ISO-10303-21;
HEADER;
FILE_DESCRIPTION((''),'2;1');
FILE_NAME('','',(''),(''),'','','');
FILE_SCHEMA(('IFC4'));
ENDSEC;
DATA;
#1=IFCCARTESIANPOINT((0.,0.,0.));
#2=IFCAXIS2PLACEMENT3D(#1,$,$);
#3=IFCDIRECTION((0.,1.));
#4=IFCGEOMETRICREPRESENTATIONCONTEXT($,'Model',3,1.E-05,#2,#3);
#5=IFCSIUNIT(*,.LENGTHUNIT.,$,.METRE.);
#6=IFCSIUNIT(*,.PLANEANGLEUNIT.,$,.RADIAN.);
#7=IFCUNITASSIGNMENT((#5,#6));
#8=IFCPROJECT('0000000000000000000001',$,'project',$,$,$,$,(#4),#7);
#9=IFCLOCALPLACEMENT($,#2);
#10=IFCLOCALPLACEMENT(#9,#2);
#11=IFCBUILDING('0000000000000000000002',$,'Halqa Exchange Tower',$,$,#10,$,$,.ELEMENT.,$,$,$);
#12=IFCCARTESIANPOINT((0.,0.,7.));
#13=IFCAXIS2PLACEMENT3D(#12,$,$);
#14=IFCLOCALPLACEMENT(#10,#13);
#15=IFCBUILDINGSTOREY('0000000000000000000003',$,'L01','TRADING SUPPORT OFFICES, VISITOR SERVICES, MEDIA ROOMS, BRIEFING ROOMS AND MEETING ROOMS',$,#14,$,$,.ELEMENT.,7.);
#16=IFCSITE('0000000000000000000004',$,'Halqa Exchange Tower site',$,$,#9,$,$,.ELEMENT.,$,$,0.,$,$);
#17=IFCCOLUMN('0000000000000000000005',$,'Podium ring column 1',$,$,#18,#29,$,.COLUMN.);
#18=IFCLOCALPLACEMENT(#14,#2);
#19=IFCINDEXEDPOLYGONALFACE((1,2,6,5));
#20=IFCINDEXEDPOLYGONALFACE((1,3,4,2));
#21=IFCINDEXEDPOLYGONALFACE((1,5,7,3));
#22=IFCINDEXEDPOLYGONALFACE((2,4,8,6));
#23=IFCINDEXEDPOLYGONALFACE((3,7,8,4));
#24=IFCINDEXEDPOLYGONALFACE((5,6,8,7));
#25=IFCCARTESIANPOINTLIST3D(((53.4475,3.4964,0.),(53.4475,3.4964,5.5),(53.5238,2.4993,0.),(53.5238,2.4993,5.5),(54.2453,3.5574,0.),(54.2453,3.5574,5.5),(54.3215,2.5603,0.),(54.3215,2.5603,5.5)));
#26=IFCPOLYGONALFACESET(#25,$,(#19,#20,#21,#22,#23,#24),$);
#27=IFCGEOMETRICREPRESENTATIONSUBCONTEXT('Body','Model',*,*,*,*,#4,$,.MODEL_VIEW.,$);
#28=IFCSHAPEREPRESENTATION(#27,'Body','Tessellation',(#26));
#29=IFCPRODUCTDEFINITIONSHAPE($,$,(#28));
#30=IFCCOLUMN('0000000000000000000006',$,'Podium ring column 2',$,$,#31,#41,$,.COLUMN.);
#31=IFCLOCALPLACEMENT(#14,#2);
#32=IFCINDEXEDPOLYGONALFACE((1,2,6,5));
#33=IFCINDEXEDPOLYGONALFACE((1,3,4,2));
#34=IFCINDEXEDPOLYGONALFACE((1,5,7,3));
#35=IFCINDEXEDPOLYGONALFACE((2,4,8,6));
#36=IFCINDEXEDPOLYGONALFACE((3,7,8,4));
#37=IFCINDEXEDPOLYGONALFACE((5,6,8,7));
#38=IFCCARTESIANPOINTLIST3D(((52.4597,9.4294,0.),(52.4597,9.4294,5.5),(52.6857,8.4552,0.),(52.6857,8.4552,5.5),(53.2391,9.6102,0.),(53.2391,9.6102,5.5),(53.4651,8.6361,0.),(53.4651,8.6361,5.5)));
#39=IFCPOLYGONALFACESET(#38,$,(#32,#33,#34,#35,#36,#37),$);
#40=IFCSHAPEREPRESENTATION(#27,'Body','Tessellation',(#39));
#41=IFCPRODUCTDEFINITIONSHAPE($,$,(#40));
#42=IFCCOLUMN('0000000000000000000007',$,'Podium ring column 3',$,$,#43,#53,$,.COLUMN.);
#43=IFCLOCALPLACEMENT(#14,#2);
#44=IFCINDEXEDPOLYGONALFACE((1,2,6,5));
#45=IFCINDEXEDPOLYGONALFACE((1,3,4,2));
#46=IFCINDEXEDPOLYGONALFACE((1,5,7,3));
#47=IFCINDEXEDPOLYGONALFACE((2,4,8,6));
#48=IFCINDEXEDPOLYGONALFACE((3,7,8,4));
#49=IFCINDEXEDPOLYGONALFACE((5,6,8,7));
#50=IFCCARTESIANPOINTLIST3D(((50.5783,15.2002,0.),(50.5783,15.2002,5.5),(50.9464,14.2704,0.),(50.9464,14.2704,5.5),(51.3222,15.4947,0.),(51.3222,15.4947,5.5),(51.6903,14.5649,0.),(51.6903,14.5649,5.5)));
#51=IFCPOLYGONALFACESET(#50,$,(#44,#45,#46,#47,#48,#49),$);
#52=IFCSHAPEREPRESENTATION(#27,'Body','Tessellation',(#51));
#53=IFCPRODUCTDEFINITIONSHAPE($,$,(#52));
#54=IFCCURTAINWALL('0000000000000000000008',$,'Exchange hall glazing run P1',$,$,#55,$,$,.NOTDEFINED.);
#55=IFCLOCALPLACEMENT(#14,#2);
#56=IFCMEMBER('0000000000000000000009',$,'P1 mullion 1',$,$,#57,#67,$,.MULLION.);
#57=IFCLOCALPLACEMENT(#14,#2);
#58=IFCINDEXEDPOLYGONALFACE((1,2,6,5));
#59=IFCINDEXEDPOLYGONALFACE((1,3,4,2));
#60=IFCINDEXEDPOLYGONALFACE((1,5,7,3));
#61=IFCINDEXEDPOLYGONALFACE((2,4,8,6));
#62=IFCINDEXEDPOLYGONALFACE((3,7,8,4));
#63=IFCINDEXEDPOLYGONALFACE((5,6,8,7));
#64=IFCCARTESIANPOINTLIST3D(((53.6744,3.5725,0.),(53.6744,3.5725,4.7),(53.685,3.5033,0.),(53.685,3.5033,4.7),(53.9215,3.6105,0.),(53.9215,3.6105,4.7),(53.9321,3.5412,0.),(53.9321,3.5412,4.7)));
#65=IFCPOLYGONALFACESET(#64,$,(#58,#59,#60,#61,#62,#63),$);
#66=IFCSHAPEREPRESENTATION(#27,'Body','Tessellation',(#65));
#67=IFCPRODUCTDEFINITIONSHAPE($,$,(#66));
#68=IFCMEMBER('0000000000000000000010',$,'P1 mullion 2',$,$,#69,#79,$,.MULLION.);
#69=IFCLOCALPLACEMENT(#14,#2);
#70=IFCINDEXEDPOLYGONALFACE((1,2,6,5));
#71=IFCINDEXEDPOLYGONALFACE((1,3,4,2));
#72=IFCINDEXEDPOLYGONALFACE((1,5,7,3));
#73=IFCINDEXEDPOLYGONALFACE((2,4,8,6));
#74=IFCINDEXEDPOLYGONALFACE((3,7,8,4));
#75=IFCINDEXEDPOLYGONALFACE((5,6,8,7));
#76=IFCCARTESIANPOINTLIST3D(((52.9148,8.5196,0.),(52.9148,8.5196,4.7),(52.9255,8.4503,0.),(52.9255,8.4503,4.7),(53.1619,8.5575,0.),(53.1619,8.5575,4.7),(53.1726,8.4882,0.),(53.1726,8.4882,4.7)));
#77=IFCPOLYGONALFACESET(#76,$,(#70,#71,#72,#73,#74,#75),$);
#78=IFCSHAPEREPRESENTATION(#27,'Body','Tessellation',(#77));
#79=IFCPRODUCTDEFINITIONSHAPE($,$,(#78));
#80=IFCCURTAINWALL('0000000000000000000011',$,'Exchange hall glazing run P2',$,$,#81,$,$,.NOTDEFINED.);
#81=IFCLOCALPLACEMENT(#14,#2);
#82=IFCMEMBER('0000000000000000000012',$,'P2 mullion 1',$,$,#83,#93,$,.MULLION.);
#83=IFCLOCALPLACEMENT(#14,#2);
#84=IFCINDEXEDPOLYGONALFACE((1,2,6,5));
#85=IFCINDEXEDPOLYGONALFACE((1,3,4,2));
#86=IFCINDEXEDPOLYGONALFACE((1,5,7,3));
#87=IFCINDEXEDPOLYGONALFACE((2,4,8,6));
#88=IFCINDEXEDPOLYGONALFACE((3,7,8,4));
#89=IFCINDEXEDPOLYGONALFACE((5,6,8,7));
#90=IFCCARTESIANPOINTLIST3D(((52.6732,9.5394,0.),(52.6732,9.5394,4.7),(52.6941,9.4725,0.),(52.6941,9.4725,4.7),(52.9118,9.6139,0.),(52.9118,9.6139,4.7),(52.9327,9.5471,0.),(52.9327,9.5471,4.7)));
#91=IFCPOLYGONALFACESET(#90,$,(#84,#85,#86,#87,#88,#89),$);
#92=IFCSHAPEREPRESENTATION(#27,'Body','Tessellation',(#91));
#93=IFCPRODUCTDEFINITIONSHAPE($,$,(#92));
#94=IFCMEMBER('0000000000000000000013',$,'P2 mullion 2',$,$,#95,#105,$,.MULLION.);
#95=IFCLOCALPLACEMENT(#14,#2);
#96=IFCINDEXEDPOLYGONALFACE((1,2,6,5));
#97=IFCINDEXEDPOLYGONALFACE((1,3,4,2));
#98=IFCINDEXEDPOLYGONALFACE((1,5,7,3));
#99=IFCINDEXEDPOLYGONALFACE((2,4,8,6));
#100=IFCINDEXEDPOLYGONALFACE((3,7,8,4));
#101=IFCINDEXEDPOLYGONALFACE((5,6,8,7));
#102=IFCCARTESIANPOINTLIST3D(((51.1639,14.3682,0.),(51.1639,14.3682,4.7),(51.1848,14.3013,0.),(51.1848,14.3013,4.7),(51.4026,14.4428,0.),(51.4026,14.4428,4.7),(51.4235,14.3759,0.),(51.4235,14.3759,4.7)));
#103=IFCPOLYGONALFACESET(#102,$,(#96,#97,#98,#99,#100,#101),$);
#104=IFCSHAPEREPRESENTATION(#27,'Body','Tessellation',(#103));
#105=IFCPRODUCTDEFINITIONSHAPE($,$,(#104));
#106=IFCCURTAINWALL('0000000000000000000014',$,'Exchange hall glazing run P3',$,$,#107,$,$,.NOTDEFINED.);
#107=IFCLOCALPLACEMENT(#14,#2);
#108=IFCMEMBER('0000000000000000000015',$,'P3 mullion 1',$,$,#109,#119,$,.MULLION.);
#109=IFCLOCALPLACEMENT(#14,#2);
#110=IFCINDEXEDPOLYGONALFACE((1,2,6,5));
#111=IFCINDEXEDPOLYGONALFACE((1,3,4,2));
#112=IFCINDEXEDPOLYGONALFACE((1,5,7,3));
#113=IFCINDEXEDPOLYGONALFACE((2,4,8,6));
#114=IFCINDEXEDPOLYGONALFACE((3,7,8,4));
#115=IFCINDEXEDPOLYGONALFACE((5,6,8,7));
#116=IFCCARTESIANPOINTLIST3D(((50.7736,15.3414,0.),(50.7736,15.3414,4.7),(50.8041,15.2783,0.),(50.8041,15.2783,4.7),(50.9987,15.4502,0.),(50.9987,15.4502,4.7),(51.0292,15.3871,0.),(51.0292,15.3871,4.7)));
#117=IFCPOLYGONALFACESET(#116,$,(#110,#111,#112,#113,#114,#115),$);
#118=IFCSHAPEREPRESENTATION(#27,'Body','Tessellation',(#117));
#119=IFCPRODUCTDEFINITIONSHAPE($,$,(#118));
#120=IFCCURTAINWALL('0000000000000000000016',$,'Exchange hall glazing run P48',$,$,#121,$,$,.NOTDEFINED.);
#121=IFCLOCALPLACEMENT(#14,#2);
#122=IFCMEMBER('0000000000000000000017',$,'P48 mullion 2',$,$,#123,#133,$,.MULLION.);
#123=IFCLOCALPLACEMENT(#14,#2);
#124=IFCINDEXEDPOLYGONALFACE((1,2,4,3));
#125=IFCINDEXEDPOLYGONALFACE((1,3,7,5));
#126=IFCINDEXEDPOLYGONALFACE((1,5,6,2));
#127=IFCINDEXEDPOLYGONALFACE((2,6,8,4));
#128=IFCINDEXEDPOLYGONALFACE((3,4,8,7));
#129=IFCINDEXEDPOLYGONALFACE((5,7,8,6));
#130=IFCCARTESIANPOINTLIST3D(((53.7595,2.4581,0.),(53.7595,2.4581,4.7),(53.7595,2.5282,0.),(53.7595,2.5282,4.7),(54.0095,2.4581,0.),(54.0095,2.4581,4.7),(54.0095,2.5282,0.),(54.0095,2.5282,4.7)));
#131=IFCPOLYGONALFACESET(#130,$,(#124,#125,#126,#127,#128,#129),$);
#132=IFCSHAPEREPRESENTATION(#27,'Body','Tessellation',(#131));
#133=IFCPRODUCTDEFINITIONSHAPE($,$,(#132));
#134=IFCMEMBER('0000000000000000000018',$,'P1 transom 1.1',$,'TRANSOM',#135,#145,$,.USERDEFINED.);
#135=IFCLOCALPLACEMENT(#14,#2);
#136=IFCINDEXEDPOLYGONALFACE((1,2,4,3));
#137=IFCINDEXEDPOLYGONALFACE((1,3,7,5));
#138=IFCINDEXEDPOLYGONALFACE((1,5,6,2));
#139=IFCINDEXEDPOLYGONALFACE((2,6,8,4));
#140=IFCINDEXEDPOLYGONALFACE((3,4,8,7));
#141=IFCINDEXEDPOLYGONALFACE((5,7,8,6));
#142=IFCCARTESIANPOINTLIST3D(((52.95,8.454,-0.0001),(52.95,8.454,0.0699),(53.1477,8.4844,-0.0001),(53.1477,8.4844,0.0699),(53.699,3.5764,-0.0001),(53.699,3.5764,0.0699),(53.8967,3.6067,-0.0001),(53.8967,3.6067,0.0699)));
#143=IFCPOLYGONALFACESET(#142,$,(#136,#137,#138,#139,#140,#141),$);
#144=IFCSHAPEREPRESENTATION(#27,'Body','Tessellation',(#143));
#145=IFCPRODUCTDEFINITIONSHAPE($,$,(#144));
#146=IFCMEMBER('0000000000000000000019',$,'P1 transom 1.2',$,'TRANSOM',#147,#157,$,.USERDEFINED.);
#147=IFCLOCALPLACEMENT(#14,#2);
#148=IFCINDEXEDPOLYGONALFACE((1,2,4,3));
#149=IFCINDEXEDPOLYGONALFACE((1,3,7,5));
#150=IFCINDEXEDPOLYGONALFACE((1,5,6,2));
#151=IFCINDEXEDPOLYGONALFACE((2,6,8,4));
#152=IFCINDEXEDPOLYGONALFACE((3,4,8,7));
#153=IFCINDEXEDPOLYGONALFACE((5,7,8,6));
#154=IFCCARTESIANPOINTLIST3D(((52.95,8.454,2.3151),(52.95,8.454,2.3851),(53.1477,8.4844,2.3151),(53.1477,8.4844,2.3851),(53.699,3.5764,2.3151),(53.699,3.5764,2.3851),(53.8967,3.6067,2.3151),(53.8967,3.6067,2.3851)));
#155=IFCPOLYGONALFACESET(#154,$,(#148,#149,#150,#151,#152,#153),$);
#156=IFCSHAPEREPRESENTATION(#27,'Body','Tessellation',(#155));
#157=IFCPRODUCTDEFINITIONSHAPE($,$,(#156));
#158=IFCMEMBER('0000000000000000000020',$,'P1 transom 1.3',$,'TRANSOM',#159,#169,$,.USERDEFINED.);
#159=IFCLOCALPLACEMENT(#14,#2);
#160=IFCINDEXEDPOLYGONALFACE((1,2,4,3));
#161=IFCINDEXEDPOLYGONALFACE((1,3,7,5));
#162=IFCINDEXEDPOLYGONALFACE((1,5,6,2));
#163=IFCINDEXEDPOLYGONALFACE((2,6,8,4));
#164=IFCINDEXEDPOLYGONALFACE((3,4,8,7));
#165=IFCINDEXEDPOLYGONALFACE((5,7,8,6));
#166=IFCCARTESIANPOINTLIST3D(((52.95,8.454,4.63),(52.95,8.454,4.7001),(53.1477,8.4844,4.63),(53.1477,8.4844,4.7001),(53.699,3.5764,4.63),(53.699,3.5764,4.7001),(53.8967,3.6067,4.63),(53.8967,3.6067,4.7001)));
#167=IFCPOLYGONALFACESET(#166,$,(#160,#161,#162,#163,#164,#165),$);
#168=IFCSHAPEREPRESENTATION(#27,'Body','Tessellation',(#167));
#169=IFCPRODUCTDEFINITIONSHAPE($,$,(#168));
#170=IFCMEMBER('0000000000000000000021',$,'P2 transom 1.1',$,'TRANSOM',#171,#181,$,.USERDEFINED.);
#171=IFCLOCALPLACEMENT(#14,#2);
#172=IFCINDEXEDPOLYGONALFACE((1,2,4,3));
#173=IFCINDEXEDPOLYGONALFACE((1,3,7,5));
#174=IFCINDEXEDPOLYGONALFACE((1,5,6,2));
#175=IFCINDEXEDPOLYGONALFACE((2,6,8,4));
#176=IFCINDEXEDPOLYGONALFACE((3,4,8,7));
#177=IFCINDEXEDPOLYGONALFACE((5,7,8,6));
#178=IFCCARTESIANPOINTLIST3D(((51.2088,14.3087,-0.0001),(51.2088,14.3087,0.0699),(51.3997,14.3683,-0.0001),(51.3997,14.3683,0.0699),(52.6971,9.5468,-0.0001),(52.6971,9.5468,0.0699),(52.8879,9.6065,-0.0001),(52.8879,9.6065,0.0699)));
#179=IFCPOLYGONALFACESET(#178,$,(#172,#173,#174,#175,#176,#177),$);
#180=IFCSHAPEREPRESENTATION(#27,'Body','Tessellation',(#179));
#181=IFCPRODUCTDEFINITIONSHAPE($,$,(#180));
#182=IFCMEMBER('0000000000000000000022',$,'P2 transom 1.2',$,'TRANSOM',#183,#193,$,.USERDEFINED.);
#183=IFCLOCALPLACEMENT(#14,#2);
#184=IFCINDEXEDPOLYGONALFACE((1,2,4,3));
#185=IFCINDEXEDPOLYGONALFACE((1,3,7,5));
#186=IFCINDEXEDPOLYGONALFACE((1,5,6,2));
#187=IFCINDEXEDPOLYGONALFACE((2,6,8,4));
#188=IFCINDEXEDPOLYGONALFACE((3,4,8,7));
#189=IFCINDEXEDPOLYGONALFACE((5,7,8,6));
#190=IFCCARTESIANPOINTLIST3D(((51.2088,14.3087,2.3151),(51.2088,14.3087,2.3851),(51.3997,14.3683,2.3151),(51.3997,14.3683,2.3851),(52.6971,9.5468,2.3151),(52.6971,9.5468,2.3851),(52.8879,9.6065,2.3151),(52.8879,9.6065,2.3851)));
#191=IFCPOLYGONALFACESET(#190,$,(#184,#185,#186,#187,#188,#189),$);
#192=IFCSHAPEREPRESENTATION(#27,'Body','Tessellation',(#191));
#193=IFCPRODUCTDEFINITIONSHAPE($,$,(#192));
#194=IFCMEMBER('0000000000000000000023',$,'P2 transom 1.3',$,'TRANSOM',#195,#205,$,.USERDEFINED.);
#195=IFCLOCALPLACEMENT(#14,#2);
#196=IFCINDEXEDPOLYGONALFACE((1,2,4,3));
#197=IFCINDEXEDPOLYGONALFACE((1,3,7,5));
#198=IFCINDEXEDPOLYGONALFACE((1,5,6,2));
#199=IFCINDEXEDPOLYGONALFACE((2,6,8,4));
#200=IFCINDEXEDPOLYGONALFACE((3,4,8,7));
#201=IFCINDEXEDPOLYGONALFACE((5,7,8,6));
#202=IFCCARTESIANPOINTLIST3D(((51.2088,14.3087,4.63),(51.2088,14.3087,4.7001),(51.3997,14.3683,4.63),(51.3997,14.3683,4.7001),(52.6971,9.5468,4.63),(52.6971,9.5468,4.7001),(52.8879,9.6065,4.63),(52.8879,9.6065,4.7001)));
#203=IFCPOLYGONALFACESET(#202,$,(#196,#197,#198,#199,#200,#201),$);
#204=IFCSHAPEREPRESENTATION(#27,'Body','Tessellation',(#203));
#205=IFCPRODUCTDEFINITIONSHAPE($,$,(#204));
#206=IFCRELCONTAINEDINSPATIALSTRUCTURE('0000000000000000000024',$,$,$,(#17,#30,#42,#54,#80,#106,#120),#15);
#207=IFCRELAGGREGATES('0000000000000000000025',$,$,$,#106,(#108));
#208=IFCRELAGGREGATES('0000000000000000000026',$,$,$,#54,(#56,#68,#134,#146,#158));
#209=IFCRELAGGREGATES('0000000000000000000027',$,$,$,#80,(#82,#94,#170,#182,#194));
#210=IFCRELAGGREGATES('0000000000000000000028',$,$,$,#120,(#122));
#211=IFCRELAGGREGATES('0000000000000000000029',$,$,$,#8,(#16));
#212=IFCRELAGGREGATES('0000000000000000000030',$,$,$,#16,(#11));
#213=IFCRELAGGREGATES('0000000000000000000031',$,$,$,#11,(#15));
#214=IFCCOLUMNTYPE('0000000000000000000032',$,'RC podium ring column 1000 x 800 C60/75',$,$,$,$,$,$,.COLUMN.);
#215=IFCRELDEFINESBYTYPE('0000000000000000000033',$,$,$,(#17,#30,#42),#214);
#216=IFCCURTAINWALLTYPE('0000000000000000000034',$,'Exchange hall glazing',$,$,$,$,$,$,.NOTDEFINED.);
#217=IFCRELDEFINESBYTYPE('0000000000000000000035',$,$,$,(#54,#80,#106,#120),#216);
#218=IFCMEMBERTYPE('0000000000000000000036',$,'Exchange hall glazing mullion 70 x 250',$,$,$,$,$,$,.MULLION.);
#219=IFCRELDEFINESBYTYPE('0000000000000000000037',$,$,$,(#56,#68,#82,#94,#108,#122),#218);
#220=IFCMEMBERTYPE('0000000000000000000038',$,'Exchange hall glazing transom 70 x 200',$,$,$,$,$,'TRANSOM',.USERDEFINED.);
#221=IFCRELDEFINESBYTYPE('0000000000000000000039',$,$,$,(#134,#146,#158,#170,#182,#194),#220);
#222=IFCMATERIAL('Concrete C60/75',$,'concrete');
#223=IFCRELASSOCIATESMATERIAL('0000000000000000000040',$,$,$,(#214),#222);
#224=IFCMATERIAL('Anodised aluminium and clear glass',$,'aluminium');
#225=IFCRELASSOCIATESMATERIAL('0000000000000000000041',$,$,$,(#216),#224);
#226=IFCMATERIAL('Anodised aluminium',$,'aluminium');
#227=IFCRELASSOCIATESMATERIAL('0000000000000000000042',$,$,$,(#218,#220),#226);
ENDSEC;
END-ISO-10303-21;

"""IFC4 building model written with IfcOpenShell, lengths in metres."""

from ifc_helpers import new_model, si_unit, direction, frame, origin, origin_2d, place, context, subcontext, project, spatial, rectangle, extrude, material, material_profile, profile_set, type_object, element, aggregate, save


model = new_model("IFC4")

# Units and contexts
model_context = context("Model", 3, precision=1e-05, world=origin(), true_north=direction((0.0, 1.0)))
body_context = subcontext(model_context, "Body", "Model", "MODEL_VIEW")
ifc_project = project(units=[si_unit("LENGTHUNIT", "METRE"), si_unit("PLANEANGLEUNIT", "RADIAN")], contexts=[model_context])

# Site, building, storey
site_placement = place(None, origin())
site = spatial("IfcSite", under=ifc_project, at=site_placement, Name="Halqa Exchange Tower site", CompositionType="ELEMENT", RefElevation=0.0)
building_placement = place(site_placement, origin())
building = spatial("IfcBuilding", under=site, at=building_placement, Name="Halqa Exchange Tower", CompositionType="ELEMENT")
storey_placement = place(building_placement, frame((0.0, 0.0, 7.0)))
storey = spatial("IfcBuildingStorey", under=building, at=storey_placement, Name="L01", Description="TRADING SUPPORT OFFICES, VISITOR SERVICES, MEDIA ROOMS, BRIEFING ROOMS AND MEETING ROOMS", CompositionType="ELEMENT", Elevation=7.0)

# Columns
ifc_material_1 = material(Name="Concrete C60/75", Category="concrete")
ifc_material_profile_1 = material_profile(ifc_material_1, rectangle(XDim=1.0, YDim=0.8, at=origin_2d()), Name="1000 x 800")
ifc_profile_set_1 = profile_set([ifc_material_profile_1], Name="Concrete C60/75")
column_type = type_object("IfcColumnType", Name="RC podium ring column 1000 x 800 C60/75", PredefinedType="COLUMN", material=ifc_profile_set_1)
for number, where, z_axis, x_axis, name in (
    (1, (53.8845, 3.0283, 0.0), (0.0, 0.0, 1.0), (-0.076223, 0.997091, 0.0), "Podium ring column 1"),
    (2, (52.9624, 9.0327, 0.0), (0.0, 0.0, 1.0), (-0.225997, 0.974128, 0.0), "Podium ring column 2"),
    (3, (51.1343, 14.8826, 0.0), (0.0, 0.0, 1.0), (-0.36811, 0.929782, 0.0), "Podium ring column 3"),
):
    element("IfcColumn", number, at=place(storey_placement, frame(where, z_axis=z_axis, x_axis=x_axis)), inside=storey, type_object=column_type, Name=name, PredefinedType="COLUMN", context=body_context, shape_type="SweptSolid", body=[
        extrude(rectangle(XDim=1.0, YDim=0.8, at=origin_2d()), origin(), (0.0, 0.0, 1.0), 5.5),
    ])

# Curtain walls, members
ifc_material_2 = material(Name="Anodised aluminium and clear glass", Category="aluminium")
curtain_wall_type = type_object("IfcCurtainWallType", Name="Exchange hall glazing", PredefinedType="NOTDEFINED", material=ifc_material_2)
curtain_wall_1_placement = place(storey_placement, origin())
curtain_wall_1 = element("IfcCurtainWall", 4, at=curtain_wall_1_placement, inside=storey, type_object=curtain_wall_type, Name="Exchange hall glazing run P1", PredefinedType="NOTDEFINED")
ifc_material_3 = material(Name="Anodised aluminium", Category="aluminium")
ifc_material_profile_2 = material_profile(ifc_material_3, rectangle(XDim=0.25, YDim=0.0701, at=origin_2d()), Name="AL 70x250")
ifc_profile_set_2 = profile_set([ifc_material_profile_2], Name="Anodised aluminium")
member_type_1 = type_object("IfcMemberType", Name="Exchange hall glazing mullion 70 x 250", PredefinedType="MULLION", material=ifc_profile_set_2)
member_1_placement = place(storey_placement, frame((53.8032, 3.5569, 0.0), z_axis=(0.0, 0.0, 1.0), x_axis=(-0.988416, -0.151767, 0.0)))
member_1 = element("IfcMember", 5, at=member_1_placement, type_object=member_type_1, Name="P1 mullion 1", PredefinedType="MULLION", context=body_context, shape_type="SweptSolid", body=[
    extrude(rectangle(XDim=0.25, YDim=0.0701, at=origin_2d()), origin(), (0.0, 0.0, 1.0), 4.7),
])
member_2_placement = place(storey_placement, frame((53.0437, 8.5039, 0.0), z_axis=(0.0, 0.0, 1.0), x_axis=(-0.988416, -0.151767, 0.0)))
member_2 = element("IfcMember", 6, at=member_2_placement, type_object=member_type_1, Name="P1 mullion 2", PredefinedType="MULLION", context=body_context, shape_type="SweptSolid", body=[
    extrude(rectangle(XDim=0.25, YDim=0.0701, at=origin_2d()), origin(), (0.0, 0.0, 1.0), 4.7),
])
curtain_wall_2_placement = place(storey_placement, origin())
curtain_wall_2 = element("IfcCurtainWall", 7, at=curtain_wall_2_placement, inside=storey, type_object=curtain_wall_type, Name="Exchange hall glazing run P2", PredefinedType="NOTDEFINED")
member_3_placement = place(storey_placement, frame((52.803, 9.5432, 0.0), z_axis=(0.0, 0.0, 1.0), x_axis=(-0.954471, -0.298303, 0.0)))
member_3 = element("IfcMember", 8, at=member_3_placement, type_object=member_type_1, Name="P2 mullion 1", PredefinedType="MULLION", context=body_context, shape_type="SweptSolid", body=[
    extrude(rectangle(XDim=0.25, YDim=0.0701, at=origin_2d()), origin(), (0.0, 0.0, 1.0), 4.7),
])
member_4_placement = place(storey_placement, frame((51.2937, 14.3721, 0.0), z_axis=(0.0, 0.0, 1.0), x_axis=(-0.954471, -0.298303, 0.0)))
member_4 = element("IfcMember", 9, at=member_4_placement, type_object=member_type_1, Name="P2 mullion 2", PredefinedType="MULLION", context=body_context, shape_type="SweptSolid", body=[
    extrude(rectangle(XDim=0.25, YDim=0.0701, at=origin_2d()), origin(), (0.0, 0.0, 1.0), 4.7),
])

# Curtain walls, members
curtain_wall_3_placement = place(storey_placement, origin())
curtain_wall_3 = element("IfcCurtainWall", 10, at=curtain_wall_3_placement, inside=storey, type_object=curtain_wall_type, Name="Exchange hall glazing run P3", PredefinedType="NOTDEFINED")
member_5_placement = place(storey_placement, frame((50.9014, 15.3643, 0.0), z_axis=(0.0, 0.0, 1.0), x_axis=(-0.900435, -0.43499, 0.0)))
member_5 = element("IfcMember", 11, at=member_5_placement, type_object=member_type_1, Name="P3 mullion 1", PredefinedType="MULLION", context=body_context, shape_type="SweptSolid", body=[
    extrude(rectangle(XDim=0.25, YDim=0.0701, at=origin_2d()), origin(), (0.0, 0.0, 1.0), 4.7),
])
aggregate(curtain_wall_3, [member_5])
curtain_wall_4_placement = place(storey_placement, origin())
curtain_wall_4 = element("IfcCurtainWall", 12, at=curtain_wall_4_placement, inside=storey, type_object=curtain_wall_type, Name="Exchange hall glazing run P48", PredefinedType="NOTDEFINED")
member_6_placement = place(storey_placement, frame((53.8845, 2.4932, 0.0), z_axis=(0.0, 0.0, 1.0), x_axis=(-1.0, 0.0, 0.0)))
member_6 = element("IfcMember", 13, at=member_6_placement, type_object=member_type_1, Name="P48 mullion 2", PredefinedType="MULLION", context=body_context, shape_type="SweptSolid", body=[
    extrude(rectangle(XDim=0.25, YDim=0.0701, at=origin_2d()), origin(), (0.0, 0.0, 1.0), 4.7),
])

# Members
ifc_material_profile_3 = material_profile(ifc_material_3, rectangle(XDim=0.2, YDim=0.0701, at=origin_2d()), Name="AL 70x200")
ifc_profile_set_3 = profile_set([ifc_material_profile_3], Name="Anodised aluminium")
member_type_2 = type_object("IfcMemberType", Name="Exchange hall glazing transom 70 x 200", ElementType="TRANSOM", PredefinedType="USERDEFINED", material=ifc_profile_set_3)
member_7_placement = place(storey_placement, frame((53.7979, 3.5916, 0.0349), z_axis=(-0.151782, 0.988414, 0.0), x_axis=(-0.988414, -0.151782, 0.0)))
member_7 = element("IfcMember", 14, at=member_7_placement, type_object=member_type_2, Name="P1 transom 1.1", ObjectType="TRANSOM", PredefinedType="USERDEFINED", context=body_context, shape_type="SweptSolid", body=[
    extrude(rectangle(XDim=0.2, YDim=0.0701, at=origin_2d()), origin(), (0.0, 0.0, 1.0), 4.9348),
])
member_8_placement = place(storey_placement, frame((53.7979, 3.5916, 2.3501), z_axis=(-0.151782, 0.988414, 0.0), x_axis=(-0.988414, -0.151782, 0.0)))
member_8 = element("IfcMember", 15, at=member_8_placement, type_object=member_type_2, Name="P1 transom 1.2", ObjectType="TRANSOM", PredefinedType="USERDEFINED", context=body_context, shape_type="SweptSolid", body=[
    extrude(rectangle(XDim=0.2, YDim=0.0701, at=origin_2d()), origin(), (0.0, 0.0, 1.0), 4.9348),
])
member_9_placement = place(storey_placement, frame((53.7979, 3.5916, 4.665), z_axis=(-0.151782, 0.988414, 0.0), x_axis=(-0.988414, -0.151782, 0.0)))
member_9 = element("IfcMember", 16, at=member_9_placement, type_object=member_type_2, Name="P1 transom 1.3", ObjectType="TRANSOM", PredefinedType="USERDEFINED", context=body_context, shape_type="SweptSolid", body=[
    extrude(rectangle(XDim=0.2, YDim=0.0701, at=origin_2d()), origin(), (0.0, 0.0, 1.0), 4.9348),
])
member_10_placement = place(storey_placement, frame((52.7925, 9.5767, 0.0349), z_axis=(-0.298306, 0.95447, 0.0), x_axis=(-0.95447, -0.298306, 0.0)))
member_10 = element("IfcMember", 17, at=member_10_placement, type_object=member_type_2, Name="P2 transom 1.1", ObjectType="TRANSOM", PredefinedType="USERDEFINED", context=body_context, shape_type="SweptSolid", body=[
    extrude(rectangle(XDim=0.2, YDim=0.0701, at=origin_2d()), origin(), (0.0, 0.0, 1.0), 4.989),
])
member_11_placement = place(storey_placement, frame((52.7925, 9.5767, 2.3501), z_axis=(-0.298306, 0.95447, 0.0), x_axis=(-0.95447, -0.298306, 0.0)))
member_11 = element("IfcMember", 18, at=member_11_placement, type_object=member_type_2, Name="P2 transom 1.2", ObjectType="TRANSOM", PredefinedType="USERDEFINED", context=body_context, shape_type="SweptSolid", body=[
    extrude(rectangle(XDim=0.2, YDim=0.0701, at=origin_2d()), origin(), (0.0, 0.0, 1.0), 4.989),
])
member_12_placement = place(storey_placement, frame((52.7925, 9.5767, 4.665), z_axis=(-0.298306, 0.95447, 0.0), x_axis=(-0.95447, -0.298306, 0.0)))
member_12 = element("IfcMember", 19, at=member_12_placement, type_object=member_type_2, Name="P2 transom 1.3", ObjectType="TRANSOM", PredefinedType="USERDEFINED", context=body_context, shape_type="SweptSolid", body=[
    extrude(rectangle(XDim=0.2, YDim=0.0701, at=origin_2d()), origin(), (0.0, 0.0, 1.0), 4.989),
])

aggregate(curtain_wall_1, [member_1, member_2, member_7, member_8, member_9])
aggregate(curtain_wall_2, [member_3, member_4, member_10, member_11, member_12])
aggregate(curtain_wall_4, [member_6])

save(model, "model.ifc")
